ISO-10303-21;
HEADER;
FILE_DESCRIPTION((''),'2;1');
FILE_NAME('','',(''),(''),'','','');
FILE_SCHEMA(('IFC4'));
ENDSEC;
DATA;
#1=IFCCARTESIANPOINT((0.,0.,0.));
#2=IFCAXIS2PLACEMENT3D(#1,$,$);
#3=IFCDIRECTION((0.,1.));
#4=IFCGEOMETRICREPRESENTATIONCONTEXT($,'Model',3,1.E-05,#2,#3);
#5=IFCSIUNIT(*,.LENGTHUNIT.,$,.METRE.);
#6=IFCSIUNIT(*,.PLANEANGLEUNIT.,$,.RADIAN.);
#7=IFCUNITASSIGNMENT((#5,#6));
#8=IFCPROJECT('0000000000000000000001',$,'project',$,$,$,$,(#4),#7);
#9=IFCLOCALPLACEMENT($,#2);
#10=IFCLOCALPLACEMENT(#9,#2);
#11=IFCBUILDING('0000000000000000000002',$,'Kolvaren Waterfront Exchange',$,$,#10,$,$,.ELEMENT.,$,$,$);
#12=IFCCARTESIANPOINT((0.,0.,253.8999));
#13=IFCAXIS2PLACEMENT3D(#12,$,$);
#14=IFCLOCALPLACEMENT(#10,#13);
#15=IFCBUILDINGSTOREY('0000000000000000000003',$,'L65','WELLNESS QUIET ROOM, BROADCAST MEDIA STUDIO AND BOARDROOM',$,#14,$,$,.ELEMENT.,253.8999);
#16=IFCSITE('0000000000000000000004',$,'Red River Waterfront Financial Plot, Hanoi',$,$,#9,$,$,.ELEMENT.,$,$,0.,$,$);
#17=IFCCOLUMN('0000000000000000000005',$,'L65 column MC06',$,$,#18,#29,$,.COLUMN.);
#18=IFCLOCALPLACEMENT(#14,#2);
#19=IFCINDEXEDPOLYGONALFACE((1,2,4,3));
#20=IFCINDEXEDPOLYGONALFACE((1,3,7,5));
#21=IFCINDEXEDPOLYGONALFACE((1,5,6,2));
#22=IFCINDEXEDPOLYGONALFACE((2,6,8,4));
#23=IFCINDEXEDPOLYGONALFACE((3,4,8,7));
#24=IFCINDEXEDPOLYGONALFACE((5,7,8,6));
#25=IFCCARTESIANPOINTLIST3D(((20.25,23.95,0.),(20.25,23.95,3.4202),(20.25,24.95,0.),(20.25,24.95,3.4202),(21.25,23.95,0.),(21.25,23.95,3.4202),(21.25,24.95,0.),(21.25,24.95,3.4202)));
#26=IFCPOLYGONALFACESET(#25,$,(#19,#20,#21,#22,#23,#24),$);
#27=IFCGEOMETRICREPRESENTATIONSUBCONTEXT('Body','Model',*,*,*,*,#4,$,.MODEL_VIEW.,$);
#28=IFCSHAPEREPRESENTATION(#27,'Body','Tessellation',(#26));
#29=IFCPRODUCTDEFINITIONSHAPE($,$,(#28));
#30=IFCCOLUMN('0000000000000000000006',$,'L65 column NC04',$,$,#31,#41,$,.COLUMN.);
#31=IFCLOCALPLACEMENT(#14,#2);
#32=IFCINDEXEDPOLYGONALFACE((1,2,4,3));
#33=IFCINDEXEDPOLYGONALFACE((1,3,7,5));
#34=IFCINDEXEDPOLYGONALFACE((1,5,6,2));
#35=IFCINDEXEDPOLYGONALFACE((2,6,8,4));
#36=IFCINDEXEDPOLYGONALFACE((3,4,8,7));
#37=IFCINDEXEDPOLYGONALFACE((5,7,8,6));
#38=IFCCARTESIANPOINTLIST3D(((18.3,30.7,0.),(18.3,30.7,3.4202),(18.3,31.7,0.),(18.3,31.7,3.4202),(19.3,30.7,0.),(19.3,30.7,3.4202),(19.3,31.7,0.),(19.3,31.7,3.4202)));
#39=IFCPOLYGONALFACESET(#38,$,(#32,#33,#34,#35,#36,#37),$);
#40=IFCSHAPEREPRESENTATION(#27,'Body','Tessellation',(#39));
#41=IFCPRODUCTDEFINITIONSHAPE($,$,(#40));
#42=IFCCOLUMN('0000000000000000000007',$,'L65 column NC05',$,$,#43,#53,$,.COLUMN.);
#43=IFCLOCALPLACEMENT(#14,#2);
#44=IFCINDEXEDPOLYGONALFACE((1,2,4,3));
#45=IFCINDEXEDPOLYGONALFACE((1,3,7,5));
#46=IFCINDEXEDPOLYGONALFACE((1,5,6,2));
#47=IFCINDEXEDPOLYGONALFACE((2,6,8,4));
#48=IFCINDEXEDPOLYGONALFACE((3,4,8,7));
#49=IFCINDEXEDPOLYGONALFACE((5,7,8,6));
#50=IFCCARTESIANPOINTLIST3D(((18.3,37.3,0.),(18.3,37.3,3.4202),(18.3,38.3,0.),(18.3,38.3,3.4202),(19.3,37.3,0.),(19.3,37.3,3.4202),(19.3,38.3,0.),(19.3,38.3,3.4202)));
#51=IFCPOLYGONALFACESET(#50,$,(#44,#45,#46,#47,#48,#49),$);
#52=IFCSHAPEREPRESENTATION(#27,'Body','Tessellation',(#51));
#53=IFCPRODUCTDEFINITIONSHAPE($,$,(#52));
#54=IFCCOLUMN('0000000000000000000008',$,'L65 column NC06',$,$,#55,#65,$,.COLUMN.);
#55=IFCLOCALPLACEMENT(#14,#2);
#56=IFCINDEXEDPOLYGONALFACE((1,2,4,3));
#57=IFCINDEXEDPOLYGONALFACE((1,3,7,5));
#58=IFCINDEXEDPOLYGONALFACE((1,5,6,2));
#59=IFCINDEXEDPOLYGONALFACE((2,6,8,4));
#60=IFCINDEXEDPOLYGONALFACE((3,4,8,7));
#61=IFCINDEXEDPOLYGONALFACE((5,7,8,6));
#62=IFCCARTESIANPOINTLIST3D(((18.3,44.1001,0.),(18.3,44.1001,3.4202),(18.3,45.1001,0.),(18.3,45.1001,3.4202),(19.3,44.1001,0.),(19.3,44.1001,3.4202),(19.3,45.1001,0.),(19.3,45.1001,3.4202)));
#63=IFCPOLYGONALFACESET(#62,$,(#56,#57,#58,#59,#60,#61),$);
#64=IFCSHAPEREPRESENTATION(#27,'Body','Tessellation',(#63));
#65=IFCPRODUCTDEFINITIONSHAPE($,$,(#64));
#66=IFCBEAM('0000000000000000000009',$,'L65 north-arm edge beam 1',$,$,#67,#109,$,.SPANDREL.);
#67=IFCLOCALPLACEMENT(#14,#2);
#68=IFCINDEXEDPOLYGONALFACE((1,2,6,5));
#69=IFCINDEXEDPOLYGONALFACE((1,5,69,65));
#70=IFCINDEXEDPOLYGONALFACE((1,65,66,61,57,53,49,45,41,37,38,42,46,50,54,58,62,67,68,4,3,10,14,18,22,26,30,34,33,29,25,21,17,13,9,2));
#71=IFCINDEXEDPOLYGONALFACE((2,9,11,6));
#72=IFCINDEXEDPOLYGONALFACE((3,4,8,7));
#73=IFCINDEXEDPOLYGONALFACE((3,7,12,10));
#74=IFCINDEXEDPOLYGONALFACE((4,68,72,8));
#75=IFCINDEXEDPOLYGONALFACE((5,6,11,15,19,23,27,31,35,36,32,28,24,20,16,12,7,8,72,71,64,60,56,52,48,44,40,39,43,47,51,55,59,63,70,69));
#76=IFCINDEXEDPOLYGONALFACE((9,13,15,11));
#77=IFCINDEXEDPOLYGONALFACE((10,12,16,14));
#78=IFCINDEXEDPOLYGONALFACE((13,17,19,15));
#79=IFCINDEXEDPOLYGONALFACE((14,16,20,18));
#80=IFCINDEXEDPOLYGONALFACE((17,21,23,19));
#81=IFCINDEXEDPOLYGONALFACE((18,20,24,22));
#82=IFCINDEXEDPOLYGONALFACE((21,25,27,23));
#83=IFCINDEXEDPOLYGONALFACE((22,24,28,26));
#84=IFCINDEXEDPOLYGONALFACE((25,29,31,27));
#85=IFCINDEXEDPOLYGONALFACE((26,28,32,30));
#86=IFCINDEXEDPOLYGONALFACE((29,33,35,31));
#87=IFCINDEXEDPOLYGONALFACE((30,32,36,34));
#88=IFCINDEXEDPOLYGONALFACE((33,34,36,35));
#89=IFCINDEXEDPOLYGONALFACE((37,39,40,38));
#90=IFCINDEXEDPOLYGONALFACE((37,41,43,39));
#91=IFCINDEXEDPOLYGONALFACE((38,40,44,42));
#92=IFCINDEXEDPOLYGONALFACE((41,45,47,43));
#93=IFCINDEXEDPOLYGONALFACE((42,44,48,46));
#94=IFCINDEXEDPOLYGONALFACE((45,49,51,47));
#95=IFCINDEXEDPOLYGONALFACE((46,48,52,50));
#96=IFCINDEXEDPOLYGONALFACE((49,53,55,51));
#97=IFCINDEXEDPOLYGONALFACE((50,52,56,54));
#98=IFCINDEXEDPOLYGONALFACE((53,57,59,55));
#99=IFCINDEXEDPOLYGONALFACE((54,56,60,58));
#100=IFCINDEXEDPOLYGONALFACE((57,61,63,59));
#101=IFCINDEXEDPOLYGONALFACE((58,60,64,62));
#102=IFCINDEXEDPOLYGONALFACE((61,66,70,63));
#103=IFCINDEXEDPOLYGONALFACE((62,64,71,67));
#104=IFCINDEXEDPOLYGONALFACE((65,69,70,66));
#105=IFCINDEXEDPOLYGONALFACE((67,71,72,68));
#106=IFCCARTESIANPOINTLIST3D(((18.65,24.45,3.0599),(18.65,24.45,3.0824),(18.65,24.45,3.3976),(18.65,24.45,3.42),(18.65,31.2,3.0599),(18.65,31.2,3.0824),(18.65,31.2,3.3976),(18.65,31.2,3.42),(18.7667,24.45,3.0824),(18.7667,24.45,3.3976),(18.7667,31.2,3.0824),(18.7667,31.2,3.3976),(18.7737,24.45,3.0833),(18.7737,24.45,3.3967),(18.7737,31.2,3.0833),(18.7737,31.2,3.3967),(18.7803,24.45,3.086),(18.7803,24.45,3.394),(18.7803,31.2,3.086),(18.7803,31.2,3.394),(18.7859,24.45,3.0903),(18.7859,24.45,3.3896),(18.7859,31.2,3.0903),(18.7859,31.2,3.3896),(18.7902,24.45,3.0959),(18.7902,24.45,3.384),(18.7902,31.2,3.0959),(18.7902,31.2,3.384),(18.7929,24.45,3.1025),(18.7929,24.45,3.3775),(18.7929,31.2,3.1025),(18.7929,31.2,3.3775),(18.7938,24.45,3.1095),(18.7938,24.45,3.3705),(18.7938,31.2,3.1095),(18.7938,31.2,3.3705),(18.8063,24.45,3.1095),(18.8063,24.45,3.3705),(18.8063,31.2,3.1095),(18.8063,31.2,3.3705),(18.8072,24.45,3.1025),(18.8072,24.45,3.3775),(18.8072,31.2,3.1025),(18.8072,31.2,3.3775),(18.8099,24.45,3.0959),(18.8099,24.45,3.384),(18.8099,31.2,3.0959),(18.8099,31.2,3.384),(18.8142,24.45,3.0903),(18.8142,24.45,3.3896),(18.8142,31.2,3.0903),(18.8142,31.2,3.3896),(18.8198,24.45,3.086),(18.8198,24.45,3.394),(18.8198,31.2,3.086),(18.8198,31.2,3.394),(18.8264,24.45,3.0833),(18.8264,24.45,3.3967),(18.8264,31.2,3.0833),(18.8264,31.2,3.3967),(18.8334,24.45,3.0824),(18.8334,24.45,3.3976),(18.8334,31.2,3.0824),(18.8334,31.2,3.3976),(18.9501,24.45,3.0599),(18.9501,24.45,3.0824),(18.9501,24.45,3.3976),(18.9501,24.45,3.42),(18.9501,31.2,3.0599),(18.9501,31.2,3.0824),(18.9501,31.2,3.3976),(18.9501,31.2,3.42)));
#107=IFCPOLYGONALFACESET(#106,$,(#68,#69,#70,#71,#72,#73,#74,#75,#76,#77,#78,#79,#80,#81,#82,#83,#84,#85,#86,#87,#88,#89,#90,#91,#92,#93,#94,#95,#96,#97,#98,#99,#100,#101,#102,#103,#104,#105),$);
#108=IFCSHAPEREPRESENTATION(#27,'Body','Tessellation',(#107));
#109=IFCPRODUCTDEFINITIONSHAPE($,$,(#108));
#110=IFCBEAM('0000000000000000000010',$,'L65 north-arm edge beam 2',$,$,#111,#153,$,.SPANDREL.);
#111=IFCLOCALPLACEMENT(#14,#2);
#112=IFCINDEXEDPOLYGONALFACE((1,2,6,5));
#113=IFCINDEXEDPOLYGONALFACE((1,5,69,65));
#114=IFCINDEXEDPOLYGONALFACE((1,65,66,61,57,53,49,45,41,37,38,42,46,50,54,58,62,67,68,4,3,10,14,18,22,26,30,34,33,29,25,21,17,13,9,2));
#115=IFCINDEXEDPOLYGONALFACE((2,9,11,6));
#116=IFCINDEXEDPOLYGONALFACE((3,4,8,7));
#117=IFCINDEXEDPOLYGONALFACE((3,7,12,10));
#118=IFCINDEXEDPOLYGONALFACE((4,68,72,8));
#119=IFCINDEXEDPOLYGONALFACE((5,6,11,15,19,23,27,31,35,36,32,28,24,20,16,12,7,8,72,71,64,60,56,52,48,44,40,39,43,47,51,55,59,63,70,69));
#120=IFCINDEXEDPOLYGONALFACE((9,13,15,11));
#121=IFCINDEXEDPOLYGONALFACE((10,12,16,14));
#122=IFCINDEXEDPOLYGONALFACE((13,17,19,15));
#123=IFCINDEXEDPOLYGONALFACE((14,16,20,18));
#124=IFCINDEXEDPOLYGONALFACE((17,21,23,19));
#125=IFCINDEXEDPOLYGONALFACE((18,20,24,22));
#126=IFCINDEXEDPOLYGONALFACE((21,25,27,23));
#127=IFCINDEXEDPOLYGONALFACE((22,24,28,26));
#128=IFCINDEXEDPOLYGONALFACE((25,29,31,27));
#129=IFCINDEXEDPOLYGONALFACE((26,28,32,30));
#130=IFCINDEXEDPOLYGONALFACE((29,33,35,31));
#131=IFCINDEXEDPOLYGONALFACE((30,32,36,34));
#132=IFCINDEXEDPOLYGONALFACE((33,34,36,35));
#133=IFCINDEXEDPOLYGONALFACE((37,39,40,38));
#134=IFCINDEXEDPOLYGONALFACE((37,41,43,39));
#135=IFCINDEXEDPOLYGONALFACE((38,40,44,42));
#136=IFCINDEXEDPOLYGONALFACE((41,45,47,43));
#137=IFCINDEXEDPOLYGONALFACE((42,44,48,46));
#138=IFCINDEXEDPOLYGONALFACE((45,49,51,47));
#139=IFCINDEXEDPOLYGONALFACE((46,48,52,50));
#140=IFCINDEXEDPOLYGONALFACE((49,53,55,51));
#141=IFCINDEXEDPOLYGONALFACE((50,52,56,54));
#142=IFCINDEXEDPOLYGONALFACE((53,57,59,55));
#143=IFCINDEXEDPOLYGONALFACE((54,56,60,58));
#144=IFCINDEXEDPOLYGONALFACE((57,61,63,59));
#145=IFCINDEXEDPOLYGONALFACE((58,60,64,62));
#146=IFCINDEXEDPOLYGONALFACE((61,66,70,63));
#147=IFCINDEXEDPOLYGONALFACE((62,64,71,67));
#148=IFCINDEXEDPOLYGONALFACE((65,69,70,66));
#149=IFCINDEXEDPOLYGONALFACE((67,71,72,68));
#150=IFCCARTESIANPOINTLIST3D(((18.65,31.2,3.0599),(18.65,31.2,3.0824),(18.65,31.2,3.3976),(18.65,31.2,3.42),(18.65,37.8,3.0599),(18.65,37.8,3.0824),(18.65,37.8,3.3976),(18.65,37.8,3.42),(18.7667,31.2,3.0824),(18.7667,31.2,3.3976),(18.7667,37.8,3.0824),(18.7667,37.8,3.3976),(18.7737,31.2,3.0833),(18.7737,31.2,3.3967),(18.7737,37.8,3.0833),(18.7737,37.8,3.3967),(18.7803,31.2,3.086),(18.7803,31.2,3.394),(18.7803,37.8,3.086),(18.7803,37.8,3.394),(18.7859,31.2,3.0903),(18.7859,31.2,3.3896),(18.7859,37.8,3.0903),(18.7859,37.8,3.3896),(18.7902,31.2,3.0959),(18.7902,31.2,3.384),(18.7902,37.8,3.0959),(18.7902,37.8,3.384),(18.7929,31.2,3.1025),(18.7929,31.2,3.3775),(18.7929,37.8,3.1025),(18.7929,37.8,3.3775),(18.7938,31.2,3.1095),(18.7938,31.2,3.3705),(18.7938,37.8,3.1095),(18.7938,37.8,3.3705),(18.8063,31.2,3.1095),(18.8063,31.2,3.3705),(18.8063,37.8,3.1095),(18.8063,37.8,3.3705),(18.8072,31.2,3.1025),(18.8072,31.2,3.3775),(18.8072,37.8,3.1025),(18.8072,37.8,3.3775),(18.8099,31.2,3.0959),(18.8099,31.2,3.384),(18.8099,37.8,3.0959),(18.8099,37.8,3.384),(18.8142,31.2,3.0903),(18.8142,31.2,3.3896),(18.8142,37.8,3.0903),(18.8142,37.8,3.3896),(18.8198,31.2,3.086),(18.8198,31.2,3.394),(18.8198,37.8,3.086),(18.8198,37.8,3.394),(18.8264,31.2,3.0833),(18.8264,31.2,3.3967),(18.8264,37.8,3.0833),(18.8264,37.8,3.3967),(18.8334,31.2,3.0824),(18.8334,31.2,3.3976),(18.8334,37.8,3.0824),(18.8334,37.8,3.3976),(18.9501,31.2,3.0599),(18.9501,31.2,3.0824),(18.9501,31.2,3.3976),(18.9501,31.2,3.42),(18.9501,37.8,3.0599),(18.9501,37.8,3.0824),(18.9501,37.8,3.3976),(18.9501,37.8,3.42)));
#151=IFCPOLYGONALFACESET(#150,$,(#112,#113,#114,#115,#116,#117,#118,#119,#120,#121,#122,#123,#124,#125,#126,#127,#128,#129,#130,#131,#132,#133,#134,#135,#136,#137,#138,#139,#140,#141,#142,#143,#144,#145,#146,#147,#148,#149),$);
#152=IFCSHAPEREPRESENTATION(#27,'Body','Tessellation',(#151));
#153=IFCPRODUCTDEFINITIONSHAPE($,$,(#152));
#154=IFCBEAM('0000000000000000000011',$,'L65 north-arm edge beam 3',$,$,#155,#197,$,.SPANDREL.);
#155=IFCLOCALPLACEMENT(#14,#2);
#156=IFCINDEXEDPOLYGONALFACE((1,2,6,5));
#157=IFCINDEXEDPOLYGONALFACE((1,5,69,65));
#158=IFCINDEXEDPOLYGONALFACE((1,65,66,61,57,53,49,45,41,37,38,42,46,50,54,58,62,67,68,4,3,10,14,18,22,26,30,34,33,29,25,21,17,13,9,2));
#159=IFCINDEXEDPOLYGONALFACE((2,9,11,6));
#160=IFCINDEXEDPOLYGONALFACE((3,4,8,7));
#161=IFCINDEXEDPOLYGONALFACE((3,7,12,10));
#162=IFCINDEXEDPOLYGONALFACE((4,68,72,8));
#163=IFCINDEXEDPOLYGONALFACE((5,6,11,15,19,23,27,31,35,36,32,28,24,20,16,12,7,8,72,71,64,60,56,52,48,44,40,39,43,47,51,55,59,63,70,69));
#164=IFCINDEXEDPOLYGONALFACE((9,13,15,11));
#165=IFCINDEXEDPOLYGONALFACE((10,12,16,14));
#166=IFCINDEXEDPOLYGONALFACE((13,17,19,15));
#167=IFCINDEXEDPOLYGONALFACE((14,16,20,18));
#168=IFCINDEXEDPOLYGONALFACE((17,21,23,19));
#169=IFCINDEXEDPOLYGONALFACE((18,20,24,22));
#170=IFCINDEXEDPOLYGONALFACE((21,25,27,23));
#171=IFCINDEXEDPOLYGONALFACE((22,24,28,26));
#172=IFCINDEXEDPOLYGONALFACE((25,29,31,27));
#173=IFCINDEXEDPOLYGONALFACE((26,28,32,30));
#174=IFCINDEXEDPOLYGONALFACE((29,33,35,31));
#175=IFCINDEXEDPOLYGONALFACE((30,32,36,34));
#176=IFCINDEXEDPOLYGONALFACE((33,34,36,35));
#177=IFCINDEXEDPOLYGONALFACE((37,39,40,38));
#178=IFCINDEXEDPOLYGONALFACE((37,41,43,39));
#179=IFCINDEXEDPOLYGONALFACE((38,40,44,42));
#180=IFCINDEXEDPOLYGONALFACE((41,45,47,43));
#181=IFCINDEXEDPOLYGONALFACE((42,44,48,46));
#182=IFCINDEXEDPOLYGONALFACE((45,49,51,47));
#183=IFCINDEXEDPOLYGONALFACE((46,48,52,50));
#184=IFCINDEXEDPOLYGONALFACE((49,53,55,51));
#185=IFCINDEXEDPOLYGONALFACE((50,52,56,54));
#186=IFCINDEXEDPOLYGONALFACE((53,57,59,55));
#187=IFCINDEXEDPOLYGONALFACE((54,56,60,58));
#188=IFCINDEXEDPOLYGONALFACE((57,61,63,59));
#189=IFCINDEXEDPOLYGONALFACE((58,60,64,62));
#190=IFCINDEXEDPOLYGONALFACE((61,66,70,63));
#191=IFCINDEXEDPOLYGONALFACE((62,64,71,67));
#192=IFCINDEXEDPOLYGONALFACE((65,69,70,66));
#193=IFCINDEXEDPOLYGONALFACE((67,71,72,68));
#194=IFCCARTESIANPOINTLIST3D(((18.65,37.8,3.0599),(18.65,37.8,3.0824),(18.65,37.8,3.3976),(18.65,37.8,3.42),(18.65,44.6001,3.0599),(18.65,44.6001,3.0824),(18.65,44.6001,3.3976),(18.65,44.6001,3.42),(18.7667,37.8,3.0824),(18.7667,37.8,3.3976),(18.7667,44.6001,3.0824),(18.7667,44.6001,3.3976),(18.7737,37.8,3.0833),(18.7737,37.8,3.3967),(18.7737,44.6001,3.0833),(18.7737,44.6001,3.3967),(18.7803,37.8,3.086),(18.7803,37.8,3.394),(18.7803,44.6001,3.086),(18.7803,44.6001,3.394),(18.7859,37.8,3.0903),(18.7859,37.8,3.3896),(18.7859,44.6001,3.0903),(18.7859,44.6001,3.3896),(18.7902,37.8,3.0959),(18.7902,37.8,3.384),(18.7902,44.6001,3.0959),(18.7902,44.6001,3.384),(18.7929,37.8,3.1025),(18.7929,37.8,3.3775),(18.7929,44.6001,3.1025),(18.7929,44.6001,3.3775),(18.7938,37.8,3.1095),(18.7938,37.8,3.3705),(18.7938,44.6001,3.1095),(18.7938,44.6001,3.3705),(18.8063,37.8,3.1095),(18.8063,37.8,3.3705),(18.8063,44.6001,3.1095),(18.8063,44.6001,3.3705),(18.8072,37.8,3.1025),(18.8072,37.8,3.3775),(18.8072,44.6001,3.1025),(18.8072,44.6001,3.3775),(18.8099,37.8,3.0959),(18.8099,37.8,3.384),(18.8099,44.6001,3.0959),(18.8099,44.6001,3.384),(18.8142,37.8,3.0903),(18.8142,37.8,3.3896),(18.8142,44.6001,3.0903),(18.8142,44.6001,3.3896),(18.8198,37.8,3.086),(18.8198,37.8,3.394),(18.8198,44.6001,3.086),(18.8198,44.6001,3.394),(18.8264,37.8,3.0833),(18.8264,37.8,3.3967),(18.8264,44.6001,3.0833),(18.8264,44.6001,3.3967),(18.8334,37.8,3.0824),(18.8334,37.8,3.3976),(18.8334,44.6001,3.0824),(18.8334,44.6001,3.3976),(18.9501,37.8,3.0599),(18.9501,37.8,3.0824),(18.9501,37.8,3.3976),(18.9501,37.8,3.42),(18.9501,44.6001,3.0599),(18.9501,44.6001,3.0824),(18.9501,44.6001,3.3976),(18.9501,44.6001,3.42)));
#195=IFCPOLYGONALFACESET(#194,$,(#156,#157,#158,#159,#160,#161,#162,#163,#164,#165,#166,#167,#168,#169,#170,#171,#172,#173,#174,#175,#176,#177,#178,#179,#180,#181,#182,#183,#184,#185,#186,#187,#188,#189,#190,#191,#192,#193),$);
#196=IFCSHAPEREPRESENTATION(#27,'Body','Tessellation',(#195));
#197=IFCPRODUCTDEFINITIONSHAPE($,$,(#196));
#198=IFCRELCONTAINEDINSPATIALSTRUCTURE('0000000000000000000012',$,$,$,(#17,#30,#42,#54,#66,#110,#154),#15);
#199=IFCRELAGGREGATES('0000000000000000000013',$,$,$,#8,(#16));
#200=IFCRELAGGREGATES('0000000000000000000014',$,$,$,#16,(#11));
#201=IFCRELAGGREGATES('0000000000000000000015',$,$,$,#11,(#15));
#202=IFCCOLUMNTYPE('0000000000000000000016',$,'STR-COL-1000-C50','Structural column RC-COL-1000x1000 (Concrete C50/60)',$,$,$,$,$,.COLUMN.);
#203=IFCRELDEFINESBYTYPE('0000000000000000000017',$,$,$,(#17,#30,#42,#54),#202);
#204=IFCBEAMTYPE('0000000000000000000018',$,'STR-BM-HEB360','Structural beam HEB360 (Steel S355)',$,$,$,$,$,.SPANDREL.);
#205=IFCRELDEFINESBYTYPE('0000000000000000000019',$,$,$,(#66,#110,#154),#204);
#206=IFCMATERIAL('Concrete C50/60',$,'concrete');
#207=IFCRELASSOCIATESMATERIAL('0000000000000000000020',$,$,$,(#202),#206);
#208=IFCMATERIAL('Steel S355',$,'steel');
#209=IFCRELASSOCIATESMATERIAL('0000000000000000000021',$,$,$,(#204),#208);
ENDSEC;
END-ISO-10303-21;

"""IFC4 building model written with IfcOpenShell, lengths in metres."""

from ifc_helpers import new_model, si_unit, direction, frame, origin, origin_2d, place, context, subcontext, project, spatial, rectangle, i_section, extrude, material, material_profile, profile_set, type_object, element, save


model = new_model("IFC4")

# Units and contexts
model_context = context("Model", 3, precision=1e-05, world=origin(), true_north=direction((0.0, 1.0)))
body_context = subcontext(model_context, "Body", "Model", "MODEL_VIEW")
ifc_project = project(units=[si_unit("LENGTHUNIT", "METRE"), si_unit("PLANEANGLEUNIT", "RADIAN")], contexts=[model_context])

# Site, building, storey
site_placement = place(None, origin())
site = spatial("IfcSite", under=ifc_project, at=site_placement, Name="Red River Waterfront Financial Plot, Hanoi", CompositionType="ELEMENT", RefElevation=0.0)
building_placement = place(site_placement, origin())
building = spatial("IfcBuilding", under=site, at=building_placement, Name="Kolvaren Waterfront Exchange", CompositionType="ELEMENT")
storey_placement = place(building_placement, frame((0.0, 0.0, 253.8999)))
storey = spatial("IfcBuildingStorey", under=building, at=storey_placement, Name="L65", Description="WELLNESS QUIET ROOM, BROADCAST MEDIA STUDIO AND BOARDROOM", CompositionType="ELEMENT", Elevation=253.8999)

# Columns
ifc_material_1 = material(Name="Concrete C50/60", Category="concrete")
ifc_material_profile_1 = material_profile(ifc_material_1, rectangle(XDim=1.0, YDim=1.0, at=origin_2d()), Name="RC-COL-1000x1000")
ifc_profile_set_1 = profile_set([ifc_material_profile_1], Name="Concrete C50/60")
column_type = type_object("IfcColumnType", Name="STR-COL-1000-C50", Description="Structural column RC-COL-1000x1000 (Concrete C50/60)", PredefinedType="COLUMN", material=ifc_profile_set_1)
for number, where, z_axis, x_axis, name in (
    (1, (20.75, 24.45, 0.0), (0.0, 0.0, 1.0), (1.0, 0.0, 0.0), "L65 column MC06"),
    (2, (18.8, 31.2, 0.0), (0.0, 0.0, 1.0), (1.0, 0.0, 0.0), "L65 column NC04"),
    (3, (18.8, 37.8, 0.0), (0.0, 0.0, 1.0), (1.0, 0.0, 0.0), "L65 column NC05"),
    (4, (18.8, 44.6001, 0.0), (0.0, 0.0, 1.0), (1.0, 0.0, 0.0), "L65 column NC06"),
):
    element("IfcColumn", number, at=place(storey_placement, frame(where, z_axis=z_axis, x_axis=x_axis)), inside=storey, type_object=column_type, Name=name, PredefinedType="COLUMN", context=body_context, shape_type="SweptSolid", body=[
        extrude(rectangle(XDim=1.0, YDim=1.0, at=origin_2d()), origin(), (0.0, 0.0, 1.0), 3.4202),
    ])

# Beams
ifc_material_2 = material(Name="Steel S355", Category="steel")
ifc_material_profile_2 = material_profile(ifc_material_2, i_section(OverallWidth=0.3, OverallDepth=0.3601, WebThickness=0.0125, FlangeThickness=0.0225, FilletRadius=0.0271, at=origin_2d()), Name="HEB360")
ifc_profile_set_2 = profile_set([ifc_material_profile_2], Name="Steel S355")
beam_type = type_object("IfcBeamType", Name="STR-BM-HEB360", Description="Structural beam HEB360 (Steel S355)", PredefinedType="SPANDREL", material=ifc_profile_set_2)
beam_1_placement = place(storey_placement, frame((18.8, 24.45, 3.24), z_axis=(0.0, 1.0, 0.0), x_axis=(-1.0, 0.0, 0.0)))
element("IfcBeam", 5, at=beam_1_placement, inside=storey, type_object=beam_type, Name="L65 north-arm edge beam 1", PredefinedType="SPANDREL", context=body_context, shape_type="SweptSolid", body=[
    extrude(i_section(OverallWidth=0.3, OverallDepth=0.3601, WebThickness=0.0125, FlangeThickness=0.0225, FilletRadius=0.0271, at=origin_2d()), origin(), (0.0, 0.0, 1.0), 6.75),
])
beam_2_placement = place(storey_placement, frame((18.8, 31.2, 3.24), z_axis=(0.0, 1.0, 0.0), x_axis=(-1.0, 0.0, 0.0)))
element("IfcBeam", 6, at=beam_2_placement, inside=storey, type_object=beam_type, Name="L65 north-arm edge beam 2", PredefinedType="SPANDREL", context=body_context, shape_type="SweptSolid", body=[
    extrude(i_section(OverallWidth=0.3, OverallDepth=0.3601, WebThickness=0.0125, FlangeThickness=0.0225, FilletRadius=0.0271, at=origin_2d()), origin(), (0.0, 0.0, 1.0), 6.6001),
])
beam_3_placement = place(storey_placement, frame((18.8, 37.8, 3.24), z_axis=(0.0, 1.0, 0.0), x_axis=(-1.0, 0.0, 0.0)))
element("IfcBeam", 7, at=beam_3_placement, inside=storey, type_object=beam_type, Name="L65 north-arm edge beam 3", PredefinedType="SPANDREL", context=body_context, shape_type="SweptSolid", body=[
    extrude(i_section(OverallWidth=0.3, OverallDepth=0.3601, WebThickness=0.0125, FlangeThickness=0.0225, FilletRadius=0.0271, at=origin_2d()), origin(), (0.0, 0.0, 1.0), 6.8),
])

save(model, "model.ifc")
